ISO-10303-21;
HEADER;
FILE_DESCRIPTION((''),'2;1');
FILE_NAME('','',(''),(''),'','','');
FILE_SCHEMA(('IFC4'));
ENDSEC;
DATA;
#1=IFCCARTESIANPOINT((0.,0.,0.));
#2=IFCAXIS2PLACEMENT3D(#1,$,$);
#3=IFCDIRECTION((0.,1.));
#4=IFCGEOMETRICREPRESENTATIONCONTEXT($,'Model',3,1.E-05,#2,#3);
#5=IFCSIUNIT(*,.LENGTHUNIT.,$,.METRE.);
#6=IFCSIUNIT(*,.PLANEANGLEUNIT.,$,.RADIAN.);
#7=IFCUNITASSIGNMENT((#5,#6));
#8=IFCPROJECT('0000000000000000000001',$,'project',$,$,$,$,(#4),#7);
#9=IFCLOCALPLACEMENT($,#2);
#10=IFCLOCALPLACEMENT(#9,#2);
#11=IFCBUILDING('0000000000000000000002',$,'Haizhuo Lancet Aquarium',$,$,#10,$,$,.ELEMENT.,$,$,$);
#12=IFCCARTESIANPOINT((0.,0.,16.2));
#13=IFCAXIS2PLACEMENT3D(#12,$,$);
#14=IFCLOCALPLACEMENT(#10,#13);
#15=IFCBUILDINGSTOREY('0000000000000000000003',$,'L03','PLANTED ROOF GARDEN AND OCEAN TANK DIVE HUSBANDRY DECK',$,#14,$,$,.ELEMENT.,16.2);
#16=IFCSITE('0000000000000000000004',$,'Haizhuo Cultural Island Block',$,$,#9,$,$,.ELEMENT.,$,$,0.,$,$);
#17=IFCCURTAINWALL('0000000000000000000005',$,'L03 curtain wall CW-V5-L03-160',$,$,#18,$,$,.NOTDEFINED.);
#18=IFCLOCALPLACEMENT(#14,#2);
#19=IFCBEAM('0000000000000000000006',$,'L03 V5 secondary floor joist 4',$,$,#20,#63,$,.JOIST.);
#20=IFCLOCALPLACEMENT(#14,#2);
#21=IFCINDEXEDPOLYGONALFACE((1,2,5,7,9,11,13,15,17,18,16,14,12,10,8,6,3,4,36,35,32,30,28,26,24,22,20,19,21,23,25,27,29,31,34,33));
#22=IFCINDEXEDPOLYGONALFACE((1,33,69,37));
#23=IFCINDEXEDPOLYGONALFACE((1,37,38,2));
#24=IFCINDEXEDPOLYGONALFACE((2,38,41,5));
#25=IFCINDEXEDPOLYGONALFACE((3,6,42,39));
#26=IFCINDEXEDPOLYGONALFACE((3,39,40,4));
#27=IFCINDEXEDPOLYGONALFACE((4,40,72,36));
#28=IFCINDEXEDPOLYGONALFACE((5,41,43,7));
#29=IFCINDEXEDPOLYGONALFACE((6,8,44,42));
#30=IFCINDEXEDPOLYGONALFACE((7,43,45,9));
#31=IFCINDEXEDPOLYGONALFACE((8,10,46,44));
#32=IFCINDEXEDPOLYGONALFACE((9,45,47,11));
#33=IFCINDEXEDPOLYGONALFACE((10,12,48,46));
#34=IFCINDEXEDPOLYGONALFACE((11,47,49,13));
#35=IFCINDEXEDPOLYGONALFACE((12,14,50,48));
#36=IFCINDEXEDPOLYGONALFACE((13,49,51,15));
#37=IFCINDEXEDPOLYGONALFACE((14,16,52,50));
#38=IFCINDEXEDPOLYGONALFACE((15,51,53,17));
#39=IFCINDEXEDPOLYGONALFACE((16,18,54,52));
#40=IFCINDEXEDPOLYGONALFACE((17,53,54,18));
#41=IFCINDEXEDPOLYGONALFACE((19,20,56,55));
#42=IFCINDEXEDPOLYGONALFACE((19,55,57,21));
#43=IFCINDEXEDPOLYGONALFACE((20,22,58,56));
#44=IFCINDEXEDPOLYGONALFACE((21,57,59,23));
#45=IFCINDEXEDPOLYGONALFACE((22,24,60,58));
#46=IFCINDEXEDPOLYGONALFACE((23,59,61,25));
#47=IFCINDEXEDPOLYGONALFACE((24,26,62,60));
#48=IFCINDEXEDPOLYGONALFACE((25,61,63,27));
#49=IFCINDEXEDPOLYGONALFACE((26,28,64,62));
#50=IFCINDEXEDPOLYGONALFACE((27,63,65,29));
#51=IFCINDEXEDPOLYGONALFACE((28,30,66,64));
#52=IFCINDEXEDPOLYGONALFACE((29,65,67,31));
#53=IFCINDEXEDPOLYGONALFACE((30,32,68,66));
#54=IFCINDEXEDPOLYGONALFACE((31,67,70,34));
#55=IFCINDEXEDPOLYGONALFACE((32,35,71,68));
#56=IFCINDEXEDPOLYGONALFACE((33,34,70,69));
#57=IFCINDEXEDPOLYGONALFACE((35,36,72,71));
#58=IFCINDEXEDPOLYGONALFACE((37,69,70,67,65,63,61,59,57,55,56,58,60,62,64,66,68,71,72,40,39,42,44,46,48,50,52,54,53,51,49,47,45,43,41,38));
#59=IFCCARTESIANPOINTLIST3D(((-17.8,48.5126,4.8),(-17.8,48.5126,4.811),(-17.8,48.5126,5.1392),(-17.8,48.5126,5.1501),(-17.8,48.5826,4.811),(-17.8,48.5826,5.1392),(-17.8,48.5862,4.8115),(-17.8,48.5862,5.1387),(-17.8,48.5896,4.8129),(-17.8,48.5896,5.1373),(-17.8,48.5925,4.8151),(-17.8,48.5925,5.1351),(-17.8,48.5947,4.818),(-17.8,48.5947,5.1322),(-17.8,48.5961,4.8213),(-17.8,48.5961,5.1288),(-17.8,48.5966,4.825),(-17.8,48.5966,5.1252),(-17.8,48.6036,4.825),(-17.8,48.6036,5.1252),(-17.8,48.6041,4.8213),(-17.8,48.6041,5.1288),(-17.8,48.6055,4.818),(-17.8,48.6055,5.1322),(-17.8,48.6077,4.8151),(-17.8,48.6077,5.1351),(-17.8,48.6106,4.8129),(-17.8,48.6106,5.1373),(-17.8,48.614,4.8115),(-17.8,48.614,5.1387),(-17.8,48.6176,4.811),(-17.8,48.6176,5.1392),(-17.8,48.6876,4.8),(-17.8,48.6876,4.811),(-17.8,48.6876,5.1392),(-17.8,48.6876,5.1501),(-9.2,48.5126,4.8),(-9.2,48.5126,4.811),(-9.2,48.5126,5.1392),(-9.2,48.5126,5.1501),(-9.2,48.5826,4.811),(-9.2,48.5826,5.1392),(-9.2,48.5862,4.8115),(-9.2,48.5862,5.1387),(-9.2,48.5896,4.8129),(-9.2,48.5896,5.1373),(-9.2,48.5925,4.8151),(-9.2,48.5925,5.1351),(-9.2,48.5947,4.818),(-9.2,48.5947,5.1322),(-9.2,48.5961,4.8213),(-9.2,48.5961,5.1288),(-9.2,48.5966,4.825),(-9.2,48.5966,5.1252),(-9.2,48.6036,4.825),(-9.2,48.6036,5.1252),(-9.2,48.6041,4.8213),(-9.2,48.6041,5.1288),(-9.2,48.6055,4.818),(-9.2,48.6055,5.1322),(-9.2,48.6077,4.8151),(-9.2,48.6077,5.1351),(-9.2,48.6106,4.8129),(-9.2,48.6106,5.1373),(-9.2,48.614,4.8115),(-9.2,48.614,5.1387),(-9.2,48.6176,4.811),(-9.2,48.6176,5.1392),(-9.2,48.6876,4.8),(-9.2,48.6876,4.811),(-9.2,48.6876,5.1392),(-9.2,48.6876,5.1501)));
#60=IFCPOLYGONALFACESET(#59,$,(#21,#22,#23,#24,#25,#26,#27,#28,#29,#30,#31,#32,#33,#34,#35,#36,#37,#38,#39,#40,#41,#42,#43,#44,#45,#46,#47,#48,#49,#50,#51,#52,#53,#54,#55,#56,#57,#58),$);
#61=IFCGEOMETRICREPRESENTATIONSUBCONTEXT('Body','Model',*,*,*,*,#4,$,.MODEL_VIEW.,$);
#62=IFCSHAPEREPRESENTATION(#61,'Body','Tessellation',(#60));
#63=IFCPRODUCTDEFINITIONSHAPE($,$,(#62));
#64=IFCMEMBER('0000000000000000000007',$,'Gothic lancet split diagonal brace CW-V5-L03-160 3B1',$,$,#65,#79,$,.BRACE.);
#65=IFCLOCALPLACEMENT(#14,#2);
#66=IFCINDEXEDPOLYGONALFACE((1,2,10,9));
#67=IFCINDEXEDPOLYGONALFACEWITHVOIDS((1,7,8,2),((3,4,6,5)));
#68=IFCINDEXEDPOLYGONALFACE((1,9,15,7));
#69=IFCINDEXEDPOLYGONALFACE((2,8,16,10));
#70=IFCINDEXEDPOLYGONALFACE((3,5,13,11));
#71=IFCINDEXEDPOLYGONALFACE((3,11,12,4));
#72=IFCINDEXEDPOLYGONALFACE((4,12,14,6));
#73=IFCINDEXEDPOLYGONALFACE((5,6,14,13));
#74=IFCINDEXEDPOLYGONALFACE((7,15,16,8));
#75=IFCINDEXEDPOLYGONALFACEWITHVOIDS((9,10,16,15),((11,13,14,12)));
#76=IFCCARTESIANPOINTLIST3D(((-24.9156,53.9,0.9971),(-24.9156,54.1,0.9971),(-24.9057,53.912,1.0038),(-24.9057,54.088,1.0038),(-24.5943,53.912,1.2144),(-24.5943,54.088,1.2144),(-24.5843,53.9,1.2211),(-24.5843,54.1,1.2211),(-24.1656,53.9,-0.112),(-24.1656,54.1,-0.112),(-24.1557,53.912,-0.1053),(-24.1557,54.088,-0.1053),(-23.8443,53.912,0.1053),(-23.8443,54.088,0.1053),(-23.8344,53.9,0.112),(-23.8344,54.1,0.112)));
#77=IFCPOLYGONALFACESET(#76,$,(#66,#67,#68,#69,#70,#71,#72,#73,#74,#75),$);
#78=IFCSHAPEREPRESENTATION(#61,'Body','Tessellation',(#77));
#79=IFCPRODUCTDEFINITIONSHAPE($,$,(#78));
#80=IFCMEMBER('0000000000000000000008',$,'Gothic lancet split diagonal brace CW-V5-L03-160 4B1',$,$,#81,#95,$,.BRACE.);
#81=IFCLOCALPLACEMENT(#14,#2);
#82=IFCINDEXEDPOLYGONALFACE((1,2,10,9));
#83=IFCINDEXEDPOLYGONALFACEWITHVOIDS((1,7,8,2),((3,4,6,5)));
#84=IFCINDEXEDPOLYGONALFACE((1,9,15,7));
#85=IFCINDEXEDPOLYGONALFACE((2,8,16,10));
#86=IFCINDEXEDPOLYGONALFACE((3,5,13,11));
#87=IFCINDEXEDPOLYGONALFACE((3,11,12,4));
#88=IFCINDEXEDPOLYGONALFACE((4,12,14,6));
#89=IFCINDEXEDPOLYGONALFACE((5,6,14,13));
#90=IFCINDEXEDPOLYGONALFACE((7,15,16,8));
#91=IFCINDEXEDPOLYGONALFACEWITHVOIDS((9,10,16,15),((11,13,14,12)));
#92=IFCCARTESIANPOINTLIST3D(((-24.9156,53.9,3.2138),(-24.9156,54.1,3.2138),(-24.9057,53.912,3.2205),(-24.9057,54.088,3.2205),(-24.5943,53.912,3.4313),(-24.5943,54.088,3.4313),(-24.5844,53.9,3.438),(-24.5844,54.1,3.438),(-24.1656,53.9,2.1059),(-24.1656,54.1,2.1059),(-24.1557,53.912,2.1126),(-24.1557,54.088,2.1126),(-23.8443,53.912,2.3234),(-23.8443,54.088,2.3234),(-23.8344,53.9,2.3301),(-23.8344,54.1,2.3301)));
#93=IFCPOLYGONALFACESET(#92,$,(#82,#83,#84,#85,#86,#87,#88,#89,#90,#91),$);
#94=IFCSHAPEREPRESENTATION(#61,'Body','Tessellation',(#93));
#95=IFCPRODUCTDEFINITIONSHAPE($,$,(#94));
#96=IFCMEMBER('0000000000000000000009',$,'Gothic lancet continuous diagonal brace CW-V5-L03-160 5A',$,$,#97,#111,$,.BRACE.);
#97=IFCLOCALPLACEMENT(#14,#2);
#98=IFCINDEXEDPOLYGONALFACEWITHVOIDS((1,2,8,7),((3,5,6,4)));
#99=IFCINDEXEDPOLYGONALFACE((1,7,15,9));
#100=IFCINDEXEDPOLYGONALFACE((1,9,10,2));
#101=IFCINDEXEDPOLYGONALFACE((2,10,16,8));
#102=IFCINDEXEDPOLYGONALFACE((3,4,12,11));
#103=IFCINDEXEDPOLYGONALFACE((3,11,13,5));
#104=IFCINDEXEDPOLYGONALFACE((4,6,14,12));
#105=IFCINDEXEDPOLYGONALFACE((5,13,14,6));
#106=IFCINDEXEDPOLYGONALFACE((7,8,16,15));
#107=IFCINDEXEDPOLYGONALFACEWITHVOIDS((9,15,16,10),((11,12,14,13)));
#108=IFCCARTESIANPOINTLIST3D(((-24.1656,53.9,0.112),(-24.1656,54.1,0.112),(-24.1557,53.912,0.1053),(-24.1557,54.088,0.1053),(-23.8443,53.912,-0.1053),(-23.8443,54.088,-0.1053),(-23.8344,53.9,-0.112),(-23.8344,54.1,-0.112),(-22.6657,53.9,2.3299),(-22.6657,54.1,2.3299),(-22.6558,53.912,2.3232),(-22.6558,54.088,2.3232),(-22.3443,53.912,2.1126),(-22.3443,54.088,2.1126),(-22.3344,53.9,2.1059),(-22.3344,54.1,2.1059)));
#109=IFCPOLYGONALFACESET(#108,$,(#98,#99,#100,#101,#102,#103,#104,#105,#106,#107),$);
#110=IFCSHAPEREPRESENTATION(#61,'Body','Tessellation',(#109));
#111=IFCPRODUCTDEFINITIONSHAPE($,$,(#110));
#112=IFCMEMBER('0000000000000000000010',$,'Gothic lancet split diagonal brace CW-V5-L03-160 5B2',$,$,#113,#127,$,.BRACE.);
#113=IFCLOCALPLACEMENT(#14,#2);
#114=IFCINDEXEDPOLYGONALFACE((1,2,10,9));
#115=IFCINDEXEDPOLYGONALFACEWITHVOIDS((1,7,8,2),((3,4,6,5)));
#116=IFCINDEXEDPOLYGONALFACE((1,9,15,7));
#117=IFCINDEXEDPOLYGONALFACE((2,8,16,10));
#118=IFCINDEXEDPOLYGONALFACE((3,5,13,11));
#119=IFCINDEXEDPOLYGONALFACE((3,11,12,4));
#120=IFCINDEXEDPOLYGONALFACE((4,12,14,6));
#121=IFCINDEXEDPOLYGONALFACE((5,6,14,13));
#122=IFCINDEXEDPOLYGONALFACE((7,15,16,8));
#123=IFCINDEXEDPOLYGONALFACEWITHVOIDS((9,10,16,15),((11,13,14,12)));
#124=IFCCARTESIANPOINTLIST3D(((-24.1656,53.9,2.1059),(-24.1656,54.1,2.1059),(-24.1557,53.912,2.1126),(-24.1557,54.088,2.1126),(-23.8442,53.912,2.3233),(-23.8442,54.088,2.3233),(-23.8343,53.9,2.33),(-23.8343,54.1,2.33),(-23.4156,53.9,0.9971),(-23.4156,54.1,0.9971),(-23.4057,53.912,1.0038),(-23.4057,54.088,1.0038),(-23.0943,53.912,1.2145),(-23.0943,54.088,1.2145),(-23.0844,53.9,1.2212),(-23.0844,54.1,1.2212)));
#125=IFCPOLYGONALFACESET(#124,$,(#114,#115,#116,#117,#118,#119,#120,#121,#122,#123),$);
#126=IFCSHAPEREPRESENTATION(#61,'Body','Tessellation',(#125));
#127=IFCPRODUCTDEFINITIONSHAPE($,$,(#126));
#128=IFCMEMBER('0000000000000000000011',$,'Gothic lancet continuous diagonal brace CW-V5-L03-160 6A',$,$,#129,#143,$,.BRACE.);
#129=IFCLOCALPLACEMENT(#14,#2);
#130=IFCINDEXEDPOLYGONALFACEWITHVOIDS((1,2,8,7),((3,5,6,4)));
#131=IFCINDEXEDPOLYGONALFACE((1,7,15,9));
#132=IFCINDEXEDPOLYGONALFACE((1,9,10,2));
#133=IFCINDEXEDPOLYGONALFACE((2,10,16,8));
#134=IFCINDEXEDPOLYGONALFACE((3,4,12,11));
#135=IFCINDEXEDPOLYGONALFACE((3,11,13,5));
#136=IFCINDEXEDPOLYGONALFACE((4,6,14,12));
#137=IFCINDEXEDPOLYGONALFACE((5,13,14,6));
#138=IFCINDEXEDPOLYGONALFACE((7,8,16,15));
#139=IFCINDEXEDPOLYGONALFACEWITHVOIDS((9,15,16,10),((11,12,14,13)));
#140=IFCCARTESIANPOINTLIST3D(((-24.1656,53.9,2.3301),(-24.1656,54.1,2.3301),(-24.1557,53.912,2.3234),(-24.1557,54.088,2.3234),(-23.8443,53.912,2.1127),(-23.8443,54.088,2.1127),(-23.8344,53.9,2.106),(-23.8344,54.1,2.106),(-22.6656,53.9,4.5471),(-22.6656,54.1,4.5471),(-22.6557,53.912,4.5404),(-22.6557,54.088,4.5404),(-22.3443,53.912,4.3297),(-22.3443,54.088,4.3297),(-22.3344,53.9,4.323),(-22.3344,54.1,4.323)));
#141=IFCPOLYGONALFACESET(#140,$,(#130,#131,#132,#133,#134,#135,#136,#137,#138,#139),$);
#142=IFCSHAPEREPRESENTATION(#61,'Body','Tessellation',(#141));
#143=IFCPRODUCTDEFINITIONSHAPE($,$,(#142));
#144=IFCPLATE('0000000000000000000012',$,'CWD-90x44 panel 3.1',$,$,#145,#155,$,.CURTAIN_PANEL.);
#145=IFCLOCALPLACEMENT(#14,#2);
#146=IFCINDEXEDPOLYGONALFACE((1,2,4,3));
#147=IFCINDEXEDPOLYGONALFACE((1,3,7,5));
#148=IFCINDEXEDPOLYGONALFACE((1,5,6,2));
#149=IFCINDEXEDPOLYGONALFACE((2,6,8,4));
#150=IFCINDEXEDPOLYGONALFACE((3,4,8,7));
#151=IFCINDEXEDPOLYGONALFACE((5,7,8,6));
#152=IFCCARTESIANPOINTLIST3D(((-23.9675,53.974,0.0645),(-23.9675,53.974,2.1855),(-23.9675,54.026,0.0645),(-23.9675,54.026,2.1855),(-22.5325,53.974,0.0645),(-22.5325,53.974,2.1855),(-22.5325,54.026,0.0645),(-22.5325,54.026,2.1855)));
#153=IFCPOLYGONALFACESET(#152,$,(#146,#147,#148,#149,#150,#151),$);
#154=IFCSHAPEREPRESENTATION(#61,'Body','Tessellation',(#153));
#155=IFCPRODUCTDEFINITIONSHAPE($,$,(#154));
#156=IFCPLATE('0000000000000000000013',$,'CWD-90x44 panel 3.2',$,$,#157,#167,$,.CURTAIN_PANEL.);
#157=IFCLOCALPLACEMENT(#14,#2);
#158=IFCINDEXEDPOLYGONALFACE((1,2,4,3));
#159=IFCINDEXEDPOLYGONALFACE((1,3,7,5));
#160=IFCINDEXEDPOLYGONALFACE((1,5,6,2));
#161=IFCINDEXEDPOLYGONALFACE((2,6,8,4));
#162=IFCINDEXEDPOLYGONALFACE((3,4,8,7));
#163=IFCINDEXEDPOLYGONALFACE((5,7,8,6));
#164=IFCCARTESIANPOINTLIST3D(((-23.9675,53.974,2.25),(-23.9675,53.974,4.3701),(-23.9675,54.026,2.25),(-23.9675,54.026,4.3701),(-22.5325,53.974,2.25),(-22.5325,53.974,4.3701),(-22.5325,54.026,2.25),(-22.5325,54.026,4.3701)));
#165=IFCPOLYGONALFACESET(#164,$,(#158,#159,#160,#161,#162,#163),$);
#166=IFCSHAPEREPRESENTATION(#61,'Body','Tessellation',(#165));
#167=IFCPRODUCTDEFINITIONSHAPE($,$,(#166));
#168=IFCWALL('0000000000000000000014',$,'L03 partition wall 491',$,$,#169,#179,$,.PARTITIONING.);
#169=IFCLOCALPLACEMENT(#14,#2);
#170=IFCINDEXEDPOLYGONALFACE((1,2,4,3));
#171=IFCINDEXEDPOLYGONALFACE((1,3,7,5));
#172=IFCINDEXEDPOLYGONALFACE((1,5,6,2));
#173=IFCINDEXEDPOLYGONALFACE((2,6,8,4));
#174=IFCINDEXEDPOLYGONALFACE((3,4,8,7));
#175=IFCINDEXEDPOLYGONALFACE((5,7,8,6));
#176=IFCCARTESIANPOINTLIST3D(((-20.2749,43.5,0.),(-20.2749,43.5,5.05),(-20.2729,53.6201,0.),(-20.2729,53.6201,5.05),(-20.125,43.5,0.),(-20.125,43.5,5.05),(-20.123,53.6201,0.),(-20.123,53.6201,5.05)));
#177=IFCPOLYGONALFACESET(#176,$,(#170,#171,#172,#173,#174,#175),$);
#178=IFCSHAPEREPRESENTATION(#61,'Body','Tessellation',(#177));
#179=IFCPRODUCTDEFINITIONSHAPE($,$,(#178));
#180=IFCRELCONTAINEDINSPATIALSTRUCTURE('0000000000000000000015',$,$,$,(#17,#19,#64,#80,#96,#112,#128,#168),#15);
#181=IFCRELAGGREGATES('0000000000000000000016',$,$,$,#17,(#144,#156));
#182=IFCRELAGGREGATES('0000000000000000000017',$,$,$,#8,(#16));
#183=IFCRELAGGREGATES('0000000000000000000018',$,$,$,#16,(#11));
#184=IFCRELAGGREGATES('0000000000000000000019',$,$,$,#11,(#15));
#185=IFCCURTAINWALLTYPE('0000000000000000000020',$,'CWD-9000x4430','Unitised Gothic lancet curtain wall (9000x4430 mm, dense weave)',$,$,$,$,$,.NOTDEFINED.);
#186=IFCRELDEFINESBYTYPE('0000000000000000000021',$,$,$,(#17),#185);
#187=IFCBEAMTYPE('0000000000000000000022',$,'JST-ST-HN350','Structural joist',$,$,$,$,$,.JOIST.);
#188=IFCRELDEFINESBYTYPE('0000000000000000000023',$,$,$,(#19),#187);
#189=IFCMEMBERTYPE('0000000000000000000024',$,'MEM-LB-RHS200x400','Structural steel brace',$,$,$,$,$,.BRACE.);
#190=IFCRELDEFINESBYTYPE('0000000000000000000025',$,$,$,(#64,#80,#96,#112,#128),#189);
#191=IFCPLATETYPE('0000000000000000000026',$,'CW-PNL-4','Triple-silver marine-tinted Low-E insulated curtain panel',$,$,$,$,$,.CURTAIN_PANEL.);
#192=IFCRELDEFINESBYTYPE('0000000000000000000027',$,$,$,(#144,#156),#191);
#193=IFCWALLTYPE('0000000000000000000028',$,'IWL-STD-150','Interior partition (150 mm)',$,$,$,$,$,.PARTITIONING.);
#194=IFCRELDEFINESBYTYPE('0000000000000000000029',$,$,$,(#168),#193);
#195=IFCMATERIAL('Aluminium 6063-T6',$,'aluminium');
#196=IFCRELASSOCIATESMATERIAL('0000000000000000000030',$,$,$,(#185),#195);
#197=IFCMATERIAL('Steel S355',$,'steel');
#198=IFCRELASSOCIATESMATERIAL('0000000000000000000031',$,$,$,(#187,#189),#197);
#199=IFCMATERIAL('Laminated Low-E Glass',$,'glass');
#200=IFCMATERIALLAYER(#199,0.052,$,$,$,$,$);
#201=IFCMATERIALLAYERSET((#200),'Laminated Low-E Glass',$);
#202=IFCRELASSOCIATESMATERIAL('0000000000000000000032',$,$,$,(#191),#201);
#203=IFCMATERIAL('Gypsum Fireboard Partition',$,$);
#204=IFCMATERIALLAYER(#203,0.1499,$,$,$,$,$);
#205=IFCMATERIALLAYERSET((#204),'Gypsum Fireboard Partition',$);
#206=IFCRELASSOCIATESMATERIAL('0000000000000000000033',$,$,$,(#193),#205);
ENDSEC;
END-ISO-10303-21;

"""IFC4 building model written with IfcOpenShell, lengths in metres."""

from ifc_helpers import new_model, si_unit, direction, frame, frame_2d, origin, origin_2d, place, context, subcontext, project, spatial, rectangle, hollow_rectangle, i_section, extrude, material, layer, layer_set, material_profile, profile_set, type_object, element, aggregate, save


model = new_model("IFC4")

# Units and contexts
model_context = context("Model", 3, precision=1e-05, world=origin(), true_north=direction((0.0, 1.0)))
body_context = subcontext(model_context, "Body", "Model", "MODEL_VIEW")
ifc_project = project(units=[si_unit("LENGTHUNIT", "METRE"), si_unit("PLANEANGLEUNIT", "RADIAN")], contexts=[model_context])

# Site, building, storey
site_placement = place(None, origin())
site = spatial("IfcSite", under=ifc_project, at=site_placement, Name="Haizhuo Cultural Island Block", CompositionType="ELEMENT", RefElevation=0.0)
building_placement = place(site_placement, origin())
building = spatial("IfcBuilding", under=site, at=building_placement, Name="Haizhuo Lancet Aquarium", CompositionType="ELEMENT")
storey_placement = place(building_placement, frame((0.0, 0.0, 16.2)))
storey = spatial("IfcBuildingStorey", under=building, at=storey_placement, Name="L03", Description="PLANTED ROOF GARDEN AND OCEAN TANK DIVE HUSBANDRY DECK", CompositionType="ELEMENT", Elevation=16.2)

# Curtain wall
ifc_material_1 = material(Name="Aluminium 6063-T6", Category="aluminium")
curtain_wall_type = type_object("IfcCurtainWallType", Name="CWD-9000x4430", Description="Unitised Gothic lancet curtain wall (9000x4430 mm, dense weave)", PredefinedType="NOTDEFINED", material=ifc_material_1)
curtain_wall_placement = place(storey_placement, origin())
curtain_wall = element("IfcCurtainWall", 1, at=curtain_wall_placement, inside=storey, type_object=curtain_wall_type, Name="L03 curtain wall CW-V5-L03-160", PredefinedType="NOTDEFINED")

# Beam
ifc_material_2 = material(Name="Steel S355", Category="steel")
ifc_material_profile_1 = material_profile(ifc_material_2, i_section(OverallWidth=0.175, OverallDepth=0.3501, WebThickness=0.0071, FlangeThickness=0.011, FilletRadius=0.0139, at=origin_2d()), Name="HN 350x175x7x11")
ifc_profile_set_1 = profile_set([ifc_material_profile_1], Name="Steel S355")
beam_type_1 = type_object("IfcBeamType", Name="JST-ST-HN350", Description="Structural joist", PredefinedType="JOIST", material=ifc_profile_set_1)
beam_1_placement = place(storey_placement, frame((-17.8, 48.6001, 4.9751), z_axis=(1.0, 0.0, 0.0), x_axis=(0.0, 1.0, 0.0)))
element("IfcBeam", 2, at=beam_1_placement, inside=storey, type_object=beam_type_1, Name="L03 V5 secondary floor joist 4", PredefinedType="JOIST", context=body_context, shape_type="SweptSolid", body=[
    extrude(i_section(OverallWidth=0.175, OverallDepth=0.3501, WebThickness=0.0071, FlangeThickness=0.011, FilletRadius=0.0139, at=origin_2d()), origin(), (0.0, 0.0, 1.0), 8.6001),
])

# Members
ifc_material_profile_2 = material_profile(ifc_material_2, hollow_rectangle(XDim=0.2, YDim=0.3999, WallThickness=0.012, at=origin_2d()), Name="RHS 200x400x12")
ifc_profile_set_2 = profile_set([ifc_material_profile_2], Name="Steel S355")
member_type_1 = type_object("IfcMemberType", Name="MEM-LB-RHS200x400", Description="Structural steel brace", PredefinedType="BRACE", material=ifc_profile_set_2)
member_1_placement = place(storey_placement, frame((-24.0, 54.0, 0.0), z_axis=(-0.560159, 0.0, 0.828385), x_axis=(0.0, -1.0, 0.0)))
element("IfcMember", 3, at=member_1_placement, inside=storey, type_object=member_type_1, Name="Gothic lancet split diagonal brace CW-V5-L03-160 3B1", PredefinedType="BRACE", context=body_context, shape_type="SweptSolid", body=[
    extrude(hollow_rectangle(XDim=0.2, YDim=0.3999, WallThickness=0.012, at=origin_2d()), origin(), (0.0, 0.0, 1.0), 1.3389),
])
member_2_placement = place(storey_placement, frame((-24.0, 54.0, 2.218), z_axis=(-0.560582, 0.0, 0.828099), x_axis=(0.0, -1.0, 0.0)))
element("IfcMember", 4, at=member_2_placement, inside=storey, type_object=member_type_1, Name="Gothic lancet split diagonal brace CW-V5-L03-160 4B1", PredefinedType="BRACE", context=body_context, shape_type="SweptSolid", body=[
    extrude(hollow_rectangle(XDim=0.2, YDim=0.3999, WallThickness=0.012, at=origin_2d()), origin(), (0.0, 0.0, 1.0), 1.3379),
])
member_3_placement = place(storey_placement, frame((-24.0, 54.0, 0.0), z_axis=(0.560201, 0.0, 0.828357), x_axis=(0.0, 1.0, 0.0)))
element("IfcMember", 5, at=member_3_placement, inside=storey, type_object=member_type_1, Name="Gothic lancet continuous diagonal brace CW-V5-L03-160 5A", PredefinedType="BRACE", context=body_context, shape_type="SweptSolid", body=[
    extrude(hollow_rectangle(XDim=0.2, YDim=0.3999, WallThickness=0.012, at=origin_2d()), origin(), (0.0, 0.0, 1.0), 2.6775),
])
member_4_placement = place(storey_placement, frame((-23.25, 54.0, 1.1091), z_axis=(-0.560243, 0.0, 0.828328), x_axis=(0.0, -1.0, 0.0)))
element("IfcMember", 6, at=member_4_placement, inside=storey, type_object=member_type_1, Name="Gothic lancet split diagonal brace CW-V5-L03-160 5B2", PredefinedType="BRACE", context=body_context, shape_type="SweptSolid", body=[
    extrude(hollow_rectangle(XDim=0.2, YDim=0.3999, WallThickness=0.012, at=origin_2d()), origin(), (0.0, 0.0, 1.0), 1.3386),
])
member_5_placement = place(storey_placement, frame((-24.0, 54.0, 2.218), z_axis=(0.56037, 0.0, 0.828242), x_axis=(0.0, 1.0, 0.0)))
element("IfcMember", 7, at=member_5_placement, inside=storey, type_object=member_type_1, Name="Gothic lancet continuous diagonal brace CW-V5-L03-160 6A", PredefinedType="BRACE", context=body_context, shape_type="SweptSolid", body=[
    extrude(hollow_rectangle(XDim=0.2, YDim=0.3999, WallThickness=0.012, at=origin_2d()), origin(), (0.0, 0.0, 1.0), 2.6768),
])

# Plates
ifc_material_3 = material(Name="Laminated Low-E Glass", Category="glass")
ifc_layer_1 = layer(ifc_material_3, 0.052)
ifc_layer_set_1 = layer_set([ifc_layer_1], Name="Laminated Low-E Glass")
plate_type = type_object("IfcPlateType", Name="CW-PNL-4", Description="Triple-silver marine-tinted Low-E insulated curtain panel", PredefinedType="CURTAIN_PANEL", material=ifc_layer_set_1)
plate_1_placement = place(storey_placement, frame((-23.25, 54.0, 0.0645), z_axis=(0.0, 0.0, 1.0), x_axis=(1.0, 0.0, 0.0)))
plate_1 = element("IfcPlate", 8, at=plate_1_placement, type_object=plate_type, Name="CWD-90x44 panel 3.1", PredefinedType="CURTAIN_PANEL", context=body_context, shape_type="SweptSolid", body=[
    extrude(rectangle(XDim=1.4351, YDim=0.052, at=origin_2d()), origin(), (0.0, 0.0, 1.0), 2.1211),
])
plate_2_placement = place(storey_placement, frame((-23.25, 54.0, 2.25), z_axis=(0.0, 0.0, 1.0), x_axis=(1.0, 0.0, 0.0)))
plate_2 = element("IfcPlate", 9, at=plate_2_placement, type_object=plate_type, Name="CWD-90x44 panel 3.2", PredefinedType="CURTAIN_PANEL", context=body_context, shape_type="SweptSolid", body=[
    extrude(rectangle(XDim=1.4351, YDim=0.052, at=origin_2d()), origin(), (0.0, 0.0, 1.0), 2.1201),
])
aggregate(curtain_wall, [plate_1, plate_2])

# Wall
ifc_material_4 = material(Name="Gypsum Fireboard Partition")
ifc_layer_2 = layer(ifc_material_4, 0.1499)
ifc_layer_set_2 = layer_set([ifc_layer_2], Name="Gypsum Fireboard Partition")
wall_type_1 = type_object("IfcWallType", Name="IWL-STD-150", Description="Interior partition (150 mm)", PredefinedType="PARTITIONING", material=ifc_layer_set_2)
wall_1_placement = place(storey_placement, frame((-20.198, 53.6201, 0.0), z_axis=(0.0, 0.0, 1.0), x_axis=(-0.000193, -1.0, 0.0)))
element("IfcWall", 10, at=wall_1_placement, inside=storey, type_object=wall_type_1, Name="L03 partition wall 491", PredefinedType="PARTITIONING", context=body_context, shape_type="SweptSolid", body=[
    extrude(rectangle(XDim=10.1201, YDim=0.1499, at=frame_2d((5.0601, 0.0))), origin(), (0.0, 0.0, 1.0), 5.05),
])

save(model, "model.ifc")
